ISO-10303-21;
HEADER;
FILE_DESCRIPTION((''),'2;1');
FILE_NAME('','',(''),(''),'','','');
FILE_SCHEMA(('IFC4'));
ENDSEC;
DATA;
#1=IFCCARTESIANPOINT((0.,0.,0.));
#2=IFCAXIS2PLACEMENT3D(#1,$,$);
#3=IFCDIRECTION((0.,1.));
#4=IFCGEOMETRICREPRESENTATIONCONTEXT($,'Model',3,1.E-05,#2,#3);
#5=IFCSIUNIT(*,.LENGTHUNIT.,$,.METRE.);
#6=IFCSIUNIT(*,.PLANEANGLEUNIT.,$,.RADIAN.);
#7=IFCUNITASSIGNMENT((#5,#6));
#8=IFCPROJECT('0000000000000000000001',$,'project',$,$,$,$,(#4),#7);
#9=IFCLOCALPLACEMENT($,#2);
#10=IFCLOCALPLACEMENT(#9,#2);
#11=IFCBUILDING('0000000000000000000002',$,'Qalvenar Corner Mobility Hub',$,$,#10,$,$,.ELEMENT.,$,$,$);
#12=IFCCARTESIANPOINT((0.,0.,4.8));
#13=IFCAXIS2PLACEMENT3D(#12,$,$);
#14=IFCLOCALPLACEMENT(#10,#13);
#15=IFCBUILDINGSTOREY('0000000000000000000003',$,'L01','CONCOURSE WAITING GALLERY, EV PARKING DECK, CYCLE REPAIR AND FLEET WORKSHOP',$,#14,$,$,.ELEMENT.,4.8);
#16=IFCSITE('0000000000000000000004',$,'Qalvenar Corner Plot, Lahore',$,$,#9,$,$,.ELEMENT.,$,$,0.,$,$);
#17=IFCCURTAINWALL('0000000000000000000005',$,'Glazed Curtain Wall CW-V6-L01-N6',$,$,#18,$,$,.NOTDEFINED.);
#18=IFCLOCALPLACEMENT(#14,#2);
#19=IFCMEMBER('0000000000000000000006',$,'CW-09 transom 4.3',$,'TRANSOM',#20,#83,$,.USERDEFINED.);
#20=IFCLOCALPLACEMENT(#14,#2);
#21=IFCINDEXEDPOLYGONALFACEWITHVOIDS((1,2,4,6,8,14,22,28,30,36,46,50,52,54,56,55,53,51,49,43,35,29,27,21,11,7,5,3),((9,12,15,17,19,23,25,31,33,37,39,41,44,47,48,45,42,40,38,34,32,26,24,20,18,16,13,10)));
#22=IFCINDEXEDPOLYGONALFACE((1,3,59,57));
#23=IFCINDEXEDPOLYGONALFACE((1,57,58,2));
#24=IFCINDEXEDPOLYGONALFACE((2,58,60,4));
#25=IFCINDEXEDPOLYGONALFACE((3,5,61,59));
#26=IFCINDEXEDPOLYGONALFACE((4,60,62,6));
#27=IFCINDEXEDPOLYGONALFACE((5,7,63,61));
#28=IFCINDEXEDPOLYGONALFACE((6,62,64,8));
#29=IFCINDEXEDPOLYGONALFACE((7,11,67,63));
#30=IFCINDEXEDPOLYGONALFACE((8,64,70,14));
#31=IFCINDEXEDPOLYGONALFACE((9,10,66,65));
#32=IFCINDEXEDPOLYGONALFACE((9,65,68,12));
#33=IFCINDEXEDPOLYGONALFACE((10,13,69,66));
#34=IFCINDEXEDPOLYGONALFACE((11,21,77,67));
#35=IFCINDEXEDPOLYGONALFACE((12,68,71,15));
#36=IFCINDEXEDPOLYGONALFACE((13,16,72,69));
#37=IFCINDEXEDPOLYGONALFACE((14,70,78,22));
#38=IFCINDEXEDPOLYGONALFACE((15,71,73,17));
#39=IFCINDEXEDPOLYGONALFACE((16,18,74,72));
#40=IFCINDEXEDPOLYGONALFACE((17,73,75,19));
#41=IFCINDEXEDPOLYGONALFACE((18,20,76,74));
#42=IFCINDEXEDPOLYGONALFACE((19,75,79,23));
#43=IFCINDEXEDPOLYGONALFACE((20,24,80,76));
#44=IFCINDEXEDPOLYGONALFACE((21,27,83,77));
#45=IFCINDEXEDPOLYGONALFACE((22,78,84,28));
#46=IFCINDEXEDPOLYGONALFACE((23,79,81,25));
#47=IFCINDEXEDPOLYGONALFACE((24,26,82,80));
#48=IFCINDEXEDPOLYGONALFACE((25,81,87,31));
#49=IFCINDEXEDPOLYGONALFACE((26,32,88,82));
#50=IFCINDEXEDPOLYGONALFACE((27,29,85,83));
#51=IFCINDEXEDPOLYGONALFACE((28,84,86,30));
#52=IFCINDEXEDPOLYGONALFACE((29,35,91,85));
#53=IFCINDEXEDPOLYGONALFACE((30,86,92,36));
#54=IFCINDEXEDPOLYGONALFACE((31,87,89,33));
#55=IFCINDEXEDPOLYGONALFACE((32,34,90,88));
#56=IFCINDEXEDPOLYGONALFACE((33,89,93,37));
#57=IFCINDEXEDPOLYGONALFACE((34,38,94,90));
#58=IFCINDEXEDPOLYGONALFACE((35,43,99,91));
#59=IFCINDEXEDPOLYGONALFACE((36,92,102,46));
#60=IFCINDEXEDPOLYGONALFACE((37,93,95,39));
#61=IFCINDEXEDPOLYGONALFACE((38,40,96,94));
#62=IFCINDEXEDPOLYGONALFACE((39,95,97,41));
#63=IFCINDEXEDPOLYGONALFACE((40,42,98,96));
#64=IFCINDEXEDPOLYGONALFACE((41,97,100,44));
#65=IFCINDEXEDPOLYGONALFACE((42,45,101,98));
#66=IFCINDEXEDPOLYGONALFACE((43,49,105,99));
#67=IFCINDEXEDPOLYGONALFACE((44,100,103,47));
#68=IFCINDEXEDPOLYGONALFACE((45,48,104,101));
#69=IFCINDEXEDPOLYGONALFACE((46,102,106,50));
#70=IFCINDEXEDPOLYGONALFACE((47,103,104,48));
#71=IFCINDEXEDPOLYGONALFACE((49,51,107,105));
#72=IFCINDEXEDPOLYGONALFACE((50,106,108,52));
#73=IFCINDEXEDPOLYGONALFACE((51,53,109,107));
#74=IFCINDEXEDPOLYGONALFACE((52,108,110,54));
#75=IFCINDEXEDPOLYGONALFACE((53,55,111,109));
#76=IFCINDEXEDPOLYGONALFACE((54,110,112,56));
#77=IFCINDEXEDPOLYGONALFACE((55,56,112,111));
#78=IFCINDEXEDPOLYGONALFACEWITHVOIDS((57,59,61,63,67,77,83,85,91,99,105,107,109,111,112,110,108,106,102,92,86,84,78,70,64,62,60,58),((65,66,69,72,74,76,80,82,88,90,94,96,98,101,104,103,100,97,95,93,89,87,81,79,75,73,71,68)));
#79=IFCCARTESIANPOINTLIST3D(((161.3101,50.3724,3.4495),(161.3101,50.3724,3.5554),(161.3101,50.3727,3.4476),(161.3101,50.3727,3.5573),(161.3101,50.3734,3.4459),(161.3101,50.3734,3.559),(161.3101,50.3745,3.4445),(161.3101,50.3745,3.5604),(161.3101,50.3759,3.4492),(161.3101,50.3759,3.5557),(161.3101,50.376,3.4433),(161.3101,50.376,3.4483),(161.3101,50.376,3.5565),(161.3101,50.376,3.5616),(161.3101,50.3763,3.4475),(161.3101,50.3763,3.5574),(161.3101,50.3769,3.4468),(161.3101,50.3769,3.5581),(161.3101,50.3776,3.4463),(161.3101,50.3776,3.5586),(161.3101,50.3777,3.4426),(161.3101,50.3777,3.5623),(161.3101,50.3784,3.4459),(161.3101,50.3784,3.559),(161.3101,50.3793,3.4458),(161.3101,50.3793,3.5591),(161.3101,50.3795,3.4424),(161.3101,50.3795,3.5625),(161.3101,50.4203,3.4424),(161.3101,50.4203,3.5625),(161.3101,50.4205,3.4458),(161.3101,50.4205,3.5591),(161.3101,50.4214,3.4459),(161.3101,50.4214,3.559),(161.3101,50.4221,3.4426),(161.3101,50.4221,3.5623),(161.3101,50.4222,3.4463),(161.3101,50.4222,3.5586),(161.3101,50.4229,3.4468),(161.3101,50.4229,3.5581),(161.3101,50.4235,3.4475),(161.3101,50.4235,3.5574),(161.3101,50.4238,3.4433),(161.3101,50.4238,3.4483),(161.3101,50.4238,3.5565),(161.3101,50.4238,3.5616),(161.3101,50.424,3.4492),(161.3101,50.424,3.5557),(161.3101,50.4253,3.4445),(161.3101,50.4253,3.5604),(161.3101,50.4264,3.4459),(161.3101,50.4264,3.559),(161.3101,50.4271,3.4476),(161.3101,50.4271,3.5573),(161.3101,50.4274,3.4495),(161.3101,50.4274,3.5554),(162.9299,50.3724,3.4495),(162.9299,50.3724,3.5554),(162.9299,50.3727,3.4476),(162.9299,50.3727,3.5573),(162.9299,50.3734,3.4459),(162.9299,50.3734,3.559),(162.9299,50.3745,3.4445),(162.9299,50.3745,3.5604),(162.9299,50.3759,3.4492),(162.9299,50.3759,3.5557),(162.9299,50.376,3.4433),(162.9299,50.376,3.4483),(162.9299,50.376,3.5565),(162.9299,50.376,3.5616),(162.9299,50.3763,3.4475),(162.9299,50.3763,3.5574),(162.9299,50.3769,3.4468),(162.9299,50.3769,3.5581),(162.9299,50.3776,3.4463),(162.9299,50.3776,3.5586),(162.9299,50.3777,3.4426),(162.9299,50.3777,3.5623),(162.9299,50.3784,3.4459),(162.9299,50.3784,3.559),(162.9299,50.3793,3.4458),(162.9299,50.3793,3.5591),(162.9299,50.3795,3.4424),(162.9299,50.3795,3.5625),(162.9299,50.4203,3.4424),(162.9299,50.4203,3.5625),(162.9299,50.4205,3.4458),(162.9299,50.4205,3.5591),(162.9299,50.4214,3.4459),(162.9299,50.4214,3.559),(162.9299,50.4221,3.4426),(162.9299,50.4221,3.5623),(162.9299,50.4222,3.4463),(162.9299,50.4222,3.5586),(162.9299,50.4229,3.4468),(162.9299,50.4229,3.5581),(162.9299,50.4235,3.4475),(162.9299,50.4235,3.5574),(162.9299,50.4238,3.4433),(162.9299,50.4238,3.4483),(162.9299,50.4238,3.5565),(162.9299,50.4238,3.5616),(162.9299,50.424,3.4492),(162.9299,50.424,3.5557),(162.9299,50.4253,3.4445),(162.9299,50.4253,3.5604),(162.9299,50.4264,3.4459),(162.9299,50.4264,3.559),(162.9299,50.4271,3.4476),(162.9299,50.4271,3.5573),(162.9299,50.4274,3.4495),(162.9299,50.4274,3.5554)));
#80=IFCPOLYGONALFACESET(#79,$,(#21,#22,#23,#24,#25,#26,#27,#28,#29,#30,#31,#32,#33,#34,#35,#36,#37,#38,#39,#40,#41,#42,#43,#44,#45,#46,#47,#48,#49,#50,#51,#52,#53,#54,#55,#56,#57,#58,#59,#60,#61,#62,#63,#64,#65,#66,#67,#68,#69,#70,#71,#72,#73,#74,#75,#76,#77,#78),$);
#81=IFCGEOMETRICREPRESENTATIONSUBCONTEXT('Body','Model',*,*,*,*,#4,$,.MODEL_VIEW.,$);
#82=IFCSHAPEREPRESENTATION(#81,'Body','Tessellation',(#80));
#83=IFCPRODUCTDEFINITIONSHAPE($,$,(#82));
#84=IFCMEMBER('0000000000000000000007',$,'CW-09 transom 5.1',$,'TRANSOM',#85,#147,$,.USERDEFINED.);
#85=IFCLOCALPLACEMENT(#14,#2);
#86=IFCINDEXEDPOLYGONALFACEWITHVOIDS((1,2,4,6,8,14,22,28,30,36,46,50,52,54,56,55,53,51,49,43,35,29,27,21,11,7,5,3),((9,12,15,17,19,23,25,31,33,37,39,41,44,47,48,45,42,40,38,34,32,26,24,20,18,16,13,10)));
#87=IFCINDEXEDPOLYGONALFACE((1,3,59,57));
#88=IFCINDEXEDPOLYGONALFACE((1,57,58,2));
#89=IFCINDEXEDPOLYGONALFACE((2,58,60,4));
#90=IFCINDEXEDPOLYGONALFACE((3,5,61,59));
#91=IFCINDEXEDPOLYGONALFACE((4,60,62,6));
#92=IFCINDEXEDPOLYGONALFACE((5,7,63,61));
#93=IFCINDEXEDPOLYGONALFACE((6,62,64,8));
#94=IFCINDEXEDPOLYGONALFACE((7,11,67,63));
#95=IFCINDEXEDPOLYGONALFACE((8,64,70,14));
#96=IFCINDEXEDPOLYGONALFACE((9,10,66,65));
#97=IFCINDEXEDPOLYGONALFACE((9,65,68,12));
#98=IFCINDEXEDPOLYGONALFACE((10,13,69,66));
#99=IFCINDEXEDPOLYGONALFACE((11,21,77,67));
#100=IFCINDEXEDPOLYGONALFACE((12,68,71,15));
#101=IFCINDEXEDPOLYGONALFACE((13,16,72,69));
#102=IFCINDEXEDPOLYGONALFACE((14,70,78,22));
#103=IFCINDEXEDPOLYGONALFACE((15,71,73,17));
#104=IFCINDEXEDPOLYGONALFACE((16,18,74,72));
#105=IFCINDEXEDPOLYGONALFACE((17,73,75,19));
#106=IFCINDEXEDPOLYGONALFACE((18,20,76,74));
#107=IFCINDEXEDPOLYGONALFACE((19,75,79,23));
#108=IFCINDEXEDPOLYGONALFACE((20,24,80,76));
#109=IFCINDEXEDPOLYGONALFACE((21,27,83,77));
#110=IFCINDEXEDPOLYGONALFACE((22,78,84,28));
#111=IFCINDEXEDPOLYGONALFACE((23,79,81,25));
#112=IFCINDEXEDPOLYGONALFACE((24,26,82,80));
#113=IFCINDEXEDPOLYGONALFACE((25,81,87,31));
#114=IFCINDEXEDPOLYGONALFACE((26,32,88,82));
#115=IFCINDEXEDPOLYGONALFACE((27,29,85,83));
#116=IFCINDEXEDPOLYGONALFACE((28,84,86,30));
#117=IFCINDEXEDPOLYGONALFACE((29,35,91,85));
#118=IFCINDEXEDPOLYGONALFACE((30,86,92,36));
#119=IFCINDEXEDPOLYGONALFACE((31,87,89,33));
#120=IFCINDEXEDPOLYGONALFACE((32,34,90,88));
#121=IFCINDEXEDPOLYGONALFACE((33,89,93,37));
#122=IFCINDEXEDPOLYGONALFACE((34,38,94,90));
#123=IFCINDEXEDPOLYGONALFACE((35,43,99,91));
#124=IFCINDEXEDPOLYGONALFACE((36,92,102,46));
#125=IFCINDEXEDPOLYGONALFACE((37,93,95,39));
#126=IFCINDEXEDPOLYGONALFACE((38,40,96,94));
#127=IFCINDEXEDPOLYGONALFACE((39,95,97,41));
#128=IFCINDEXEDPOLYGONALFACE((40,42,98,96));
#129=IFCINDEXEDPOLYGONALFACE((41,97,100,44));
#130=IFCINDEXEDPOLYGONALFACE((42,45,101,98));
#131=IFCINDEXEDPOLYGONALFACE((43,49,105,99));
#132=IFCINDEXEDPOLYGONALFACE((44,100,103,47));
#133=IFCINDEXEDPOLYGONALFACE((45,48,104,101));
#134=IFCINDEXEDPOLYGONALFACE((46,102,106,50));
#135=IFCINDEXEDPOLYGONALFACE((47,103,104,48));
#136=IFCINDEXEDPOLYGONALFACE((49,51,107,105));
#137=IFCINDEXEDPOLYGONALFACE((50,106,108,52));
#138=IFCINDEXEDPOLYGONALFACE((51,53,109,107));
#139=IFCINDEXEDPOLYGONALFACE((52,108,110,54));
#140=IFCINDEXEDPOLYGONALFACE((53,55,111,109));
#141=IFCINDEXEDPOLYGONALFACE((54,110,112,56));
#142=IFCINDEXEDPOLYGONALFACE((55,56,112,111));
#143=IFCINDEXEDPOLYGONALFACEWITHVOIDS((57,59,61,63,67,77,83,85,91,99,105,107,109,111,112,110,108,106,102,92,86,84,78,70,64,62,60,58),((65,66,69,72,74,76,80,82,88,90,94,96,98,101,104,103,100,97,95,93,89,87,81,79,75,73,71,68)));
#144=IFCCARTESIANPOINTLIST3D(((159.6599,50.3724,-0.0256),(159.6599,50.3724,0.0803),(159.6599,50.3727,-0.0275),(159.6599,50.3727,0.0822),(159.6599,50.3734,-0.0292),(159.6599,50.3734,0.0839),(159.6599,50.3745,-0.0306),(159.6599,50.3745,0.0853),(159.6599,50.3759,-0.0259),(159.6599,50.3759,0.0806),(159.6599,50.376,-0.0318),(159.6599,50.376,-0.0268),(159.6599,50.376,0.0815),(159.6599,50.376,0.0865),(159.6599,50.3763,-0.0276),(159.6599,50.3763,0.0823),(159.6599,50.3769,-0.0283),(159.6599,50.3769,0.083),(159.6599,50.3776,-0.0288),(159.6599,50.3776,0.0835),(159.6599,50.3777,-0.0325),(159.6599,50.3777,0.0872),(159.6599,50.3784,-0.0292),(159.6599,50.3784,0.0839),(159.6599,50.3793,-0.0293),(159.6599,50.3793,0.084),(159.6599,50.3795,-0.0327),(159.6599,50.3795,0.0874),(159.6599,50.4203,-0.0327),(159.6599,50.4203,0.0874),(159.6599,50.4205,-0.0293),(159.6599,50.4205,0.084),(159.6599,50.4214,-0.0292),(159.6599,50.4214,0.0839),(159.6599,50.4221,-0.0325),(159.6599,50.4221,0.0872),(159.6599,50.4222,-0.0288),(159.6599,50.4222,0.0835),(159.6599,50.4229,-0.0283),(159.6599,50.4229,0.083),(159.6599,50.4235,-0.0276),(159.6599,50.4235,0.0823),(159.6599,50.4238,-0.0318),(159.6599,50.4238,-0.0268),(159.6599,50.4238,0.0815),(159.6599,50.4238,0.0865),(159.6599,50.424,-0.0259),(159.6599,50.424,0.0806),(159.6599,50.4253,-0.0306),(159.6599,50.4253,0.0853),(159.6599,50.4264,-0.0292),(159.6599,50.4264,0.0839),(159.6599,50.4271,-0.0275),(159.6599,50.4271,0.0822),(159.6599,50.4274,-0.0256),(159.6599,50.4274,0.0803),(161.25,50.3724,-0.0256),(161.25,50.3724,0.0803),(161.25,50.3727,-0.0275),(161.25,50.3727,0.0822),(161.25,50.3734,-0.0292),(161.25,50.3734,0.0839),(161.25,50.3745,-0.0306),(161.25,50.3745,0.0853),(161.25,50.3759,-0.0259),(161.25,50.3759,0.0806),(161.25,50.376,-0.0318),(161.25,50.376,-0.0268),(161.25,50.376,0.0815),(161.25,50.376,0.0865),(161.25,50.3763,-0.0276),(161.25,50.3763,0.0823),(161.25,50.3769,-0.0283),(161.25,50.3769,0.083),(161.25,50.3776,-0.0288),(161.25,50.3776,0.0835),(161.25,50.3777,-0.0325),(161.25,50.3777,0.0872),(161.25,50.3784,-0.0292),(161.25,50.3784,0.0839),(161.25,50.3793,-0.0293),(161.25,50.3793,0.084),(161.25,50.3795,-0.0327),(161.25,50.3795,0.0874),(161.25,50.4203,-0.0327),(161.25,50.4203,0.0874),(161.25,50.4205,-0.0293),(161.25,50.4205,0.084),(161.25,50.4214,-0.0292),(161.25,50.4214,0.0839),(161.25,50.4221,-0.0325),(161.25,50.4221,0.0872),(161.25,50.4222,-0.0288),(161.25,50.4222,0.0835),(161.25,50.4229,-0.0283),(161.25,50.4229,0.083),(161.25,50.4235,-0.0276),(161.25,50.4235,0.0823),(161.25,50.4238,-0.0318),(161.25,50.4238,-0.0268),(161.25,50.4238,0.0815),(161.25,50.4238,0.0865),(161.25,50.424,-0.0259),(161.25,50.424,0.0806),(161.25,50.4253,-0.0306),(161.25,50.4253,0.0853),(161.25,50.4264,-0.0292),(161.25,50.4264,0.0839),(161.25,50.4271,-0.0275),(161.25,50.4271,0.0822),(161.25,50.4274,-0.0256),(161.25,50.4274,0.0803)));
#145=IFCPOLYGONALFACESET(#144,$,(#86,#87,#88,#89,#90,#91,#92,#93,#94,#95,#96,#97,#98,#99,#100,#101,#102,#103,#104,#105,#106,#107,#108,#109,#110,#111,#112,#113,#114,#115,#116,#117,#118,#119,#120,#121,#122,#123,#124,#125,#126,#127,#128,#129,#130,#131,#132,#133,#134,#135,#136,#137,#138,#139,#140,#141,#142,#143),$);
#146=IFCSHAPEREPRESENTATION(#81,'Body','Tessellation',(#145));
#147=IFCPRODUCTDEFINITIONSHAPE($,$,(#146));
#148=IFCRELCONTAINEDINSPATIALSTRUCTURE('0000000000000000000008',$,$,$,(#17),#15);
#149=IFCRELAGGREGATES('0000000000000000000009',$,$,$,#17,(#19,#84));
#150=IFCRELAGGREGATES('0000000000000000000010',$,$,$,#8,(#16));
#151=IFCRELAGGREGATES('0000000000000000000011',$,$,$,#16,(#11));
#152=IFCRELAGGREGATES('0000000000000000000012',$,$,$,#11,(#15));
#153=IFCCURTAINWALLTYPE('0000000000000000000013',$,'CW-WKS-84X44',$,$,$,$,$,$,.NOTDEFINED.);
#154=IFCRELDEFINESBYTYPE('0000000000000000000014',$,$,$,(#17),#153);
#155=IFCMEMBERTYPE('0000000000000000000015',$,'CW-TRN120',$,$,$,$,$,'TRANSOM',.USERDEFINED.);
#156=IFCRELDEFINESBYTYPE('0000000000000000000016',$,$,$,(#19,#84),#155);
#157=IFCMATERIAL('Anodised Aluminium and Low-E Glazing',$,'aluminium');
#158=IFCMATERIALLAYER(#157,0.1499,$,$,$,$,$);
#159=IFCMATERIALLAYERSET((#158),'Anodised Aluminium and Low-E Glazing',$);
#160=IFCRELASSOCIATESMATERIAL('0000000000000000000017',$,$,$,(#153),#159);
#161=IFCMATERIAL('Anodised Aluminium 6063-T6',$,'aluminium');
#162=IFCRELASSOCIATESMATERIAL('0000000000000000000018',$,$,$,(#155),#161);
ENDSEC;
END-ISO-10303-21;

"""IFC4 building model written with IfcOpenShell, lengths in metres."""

from ifc_helpers import new_model, si_unit, direction, frame, origin, origin_2d, place, context, subcontext, project, spatial, hollow_rectangle, extrude, material, layer, layer_set, material_profile, profile_set, type_object, element, aggregate, save


model = new_model("IFC4")

# Units and contexts
model_context = context("Model", 3, precision=1e-05, world=origin(), true_north=direction((0.0, 1.0)))
body_context = subcontext(model_context, "Body", "Model", "MODEL_VIEW")
ifc_project = project(units=[si_unit("LENGTHUNIT", "METRE"), si_unit("PLANEANGLEUNIT", "RADIAN")], contexts=[model_context])

# Site, building, storey
site_placement = place(None, origin())
site = spatial("IfcSite", under=ifc_project, at=site_placement, Name="Qalvenar Corner Plot, Lahore", CompositionType="ELEMENT", RefElevation=0.0)
building_placement = place(site_placement, origin())
building = spatial("IfcBuilding", under=site, at=building_placement, Name="Qalvenar Corner Mobility Hub", CompositionType="ELEMENT")
storey_placement = place(building_placement, frame((0.0, 0.0, 4.8)))
storey = spatial("IfcBuildingStorey", under=building, at=storey_placement, Name="L01", Description="CONCOURSE WAITING GALLERY, EV PARKING DECK, CYCLE REPAIR AND FLEET WORKSHOP", CompositionType="ELEMENT", Elevation=4.8)

# Curtain wall, members
ifc_material_1 = material(Name="Anodised Aluminium and Low-E Glazing", Category="aluminium")
ifc_layer_1 = layer(ifc_material_1, 0.1499)
ifc_layer_set_1 = layer_set([ifc_layer_1], Name="Anodised Aluminium and Low-E Glazing")
curtain_wall_type = type_object("IfcCurtainWallType", Name="CW-WKS-84X44", PredefinedType="NOTDEFINED", material=ifc_layer_set_1)
curtain_wall_placement = place(storey_placement, origin())
curtain_wall = element("IfcCurtainWall", 1, at=curtain_wall_placement, inside=storey, type_object=curtain_wall_type, Name="Glazed Curtain Wall CW-V6-L01-N6", PredefinedType="NOTDEFINED")
ifc_material_2 = material(Name="Anodised Aluminium 6063-T6", Category="aluminium")
ifc_material_profile_1 = material_profile(ifc_material_2, hollow_rectangle(XDim=0.0549, YDim=0.1201, WallThickness=0.0034, InnerFilletRadius=0.0034, OuterFilletRadius=0.0071, at=origin_2d()), Name="RHS120x55x3.5")
ifc_profile_set_1 = profile_set([ifc_material_profile_1], Name="Anodised Aluminium 6063-T6")
member_type_1 = type_object("IfcMemberType", Name="CW-TRN120", ElementType="TRANSOM", PredefinedType="USERDEFINED", material=ifc_profile_set_1)
member_1_placement = place(storey_placement, frame((162.9299, 50.3999, 3.5024), z_axis=(-1.0, 0.0, 0.0), x_axis=(0.0, -1.0, 0.0)))
member_1 = element("IfcMember", 2, at=member_1_placement, type_object=member_type_1, Name="CW-09 transom 4.3", ObjectType="TRANSOM", PredefinedType="USERDEFINED", context=body_context, shape_type="SweptSolid", body=[
    extrude(hollow_rectangle(XDim=0.0549, YDim=0.1201, WallThickness=0.0034, InnerFilletRadius=0.0034, OuterFilletRadius=0.0071, at=origin_2d()), origin(), (0.0, 0.0, 1.0), 1.6199),
])
member_2_placement = place(storey_placement, frame((161.25, 50.3999, 0.0273), z_axis=(-1.0, 0.0, 0.0), x_axis=(0.0, -1.0, 0.0)))
member_2 = element("IfcMember", 3, at=member_2_placement, type_object=member_type_1, Name="CW-09 transom 5.1", ObjectType="TRANSOM", PredefinedType="USERDEFINED", context=body_context, shape_type="SweptSolid", body=[
    extrude(hollow_rectangle(XDim=0.0549, YDim=0.1201, WallThickness=0.0034, InnerFilletRadius=0.0034, OuterFilletRadius=0.0071, at=origin_2d()), origin(), (0.0, 0.0, 1.0), 1.5901),
])
aggregate(curtain_wall, [member_1, member_2])

save(model, "model.ifc")
